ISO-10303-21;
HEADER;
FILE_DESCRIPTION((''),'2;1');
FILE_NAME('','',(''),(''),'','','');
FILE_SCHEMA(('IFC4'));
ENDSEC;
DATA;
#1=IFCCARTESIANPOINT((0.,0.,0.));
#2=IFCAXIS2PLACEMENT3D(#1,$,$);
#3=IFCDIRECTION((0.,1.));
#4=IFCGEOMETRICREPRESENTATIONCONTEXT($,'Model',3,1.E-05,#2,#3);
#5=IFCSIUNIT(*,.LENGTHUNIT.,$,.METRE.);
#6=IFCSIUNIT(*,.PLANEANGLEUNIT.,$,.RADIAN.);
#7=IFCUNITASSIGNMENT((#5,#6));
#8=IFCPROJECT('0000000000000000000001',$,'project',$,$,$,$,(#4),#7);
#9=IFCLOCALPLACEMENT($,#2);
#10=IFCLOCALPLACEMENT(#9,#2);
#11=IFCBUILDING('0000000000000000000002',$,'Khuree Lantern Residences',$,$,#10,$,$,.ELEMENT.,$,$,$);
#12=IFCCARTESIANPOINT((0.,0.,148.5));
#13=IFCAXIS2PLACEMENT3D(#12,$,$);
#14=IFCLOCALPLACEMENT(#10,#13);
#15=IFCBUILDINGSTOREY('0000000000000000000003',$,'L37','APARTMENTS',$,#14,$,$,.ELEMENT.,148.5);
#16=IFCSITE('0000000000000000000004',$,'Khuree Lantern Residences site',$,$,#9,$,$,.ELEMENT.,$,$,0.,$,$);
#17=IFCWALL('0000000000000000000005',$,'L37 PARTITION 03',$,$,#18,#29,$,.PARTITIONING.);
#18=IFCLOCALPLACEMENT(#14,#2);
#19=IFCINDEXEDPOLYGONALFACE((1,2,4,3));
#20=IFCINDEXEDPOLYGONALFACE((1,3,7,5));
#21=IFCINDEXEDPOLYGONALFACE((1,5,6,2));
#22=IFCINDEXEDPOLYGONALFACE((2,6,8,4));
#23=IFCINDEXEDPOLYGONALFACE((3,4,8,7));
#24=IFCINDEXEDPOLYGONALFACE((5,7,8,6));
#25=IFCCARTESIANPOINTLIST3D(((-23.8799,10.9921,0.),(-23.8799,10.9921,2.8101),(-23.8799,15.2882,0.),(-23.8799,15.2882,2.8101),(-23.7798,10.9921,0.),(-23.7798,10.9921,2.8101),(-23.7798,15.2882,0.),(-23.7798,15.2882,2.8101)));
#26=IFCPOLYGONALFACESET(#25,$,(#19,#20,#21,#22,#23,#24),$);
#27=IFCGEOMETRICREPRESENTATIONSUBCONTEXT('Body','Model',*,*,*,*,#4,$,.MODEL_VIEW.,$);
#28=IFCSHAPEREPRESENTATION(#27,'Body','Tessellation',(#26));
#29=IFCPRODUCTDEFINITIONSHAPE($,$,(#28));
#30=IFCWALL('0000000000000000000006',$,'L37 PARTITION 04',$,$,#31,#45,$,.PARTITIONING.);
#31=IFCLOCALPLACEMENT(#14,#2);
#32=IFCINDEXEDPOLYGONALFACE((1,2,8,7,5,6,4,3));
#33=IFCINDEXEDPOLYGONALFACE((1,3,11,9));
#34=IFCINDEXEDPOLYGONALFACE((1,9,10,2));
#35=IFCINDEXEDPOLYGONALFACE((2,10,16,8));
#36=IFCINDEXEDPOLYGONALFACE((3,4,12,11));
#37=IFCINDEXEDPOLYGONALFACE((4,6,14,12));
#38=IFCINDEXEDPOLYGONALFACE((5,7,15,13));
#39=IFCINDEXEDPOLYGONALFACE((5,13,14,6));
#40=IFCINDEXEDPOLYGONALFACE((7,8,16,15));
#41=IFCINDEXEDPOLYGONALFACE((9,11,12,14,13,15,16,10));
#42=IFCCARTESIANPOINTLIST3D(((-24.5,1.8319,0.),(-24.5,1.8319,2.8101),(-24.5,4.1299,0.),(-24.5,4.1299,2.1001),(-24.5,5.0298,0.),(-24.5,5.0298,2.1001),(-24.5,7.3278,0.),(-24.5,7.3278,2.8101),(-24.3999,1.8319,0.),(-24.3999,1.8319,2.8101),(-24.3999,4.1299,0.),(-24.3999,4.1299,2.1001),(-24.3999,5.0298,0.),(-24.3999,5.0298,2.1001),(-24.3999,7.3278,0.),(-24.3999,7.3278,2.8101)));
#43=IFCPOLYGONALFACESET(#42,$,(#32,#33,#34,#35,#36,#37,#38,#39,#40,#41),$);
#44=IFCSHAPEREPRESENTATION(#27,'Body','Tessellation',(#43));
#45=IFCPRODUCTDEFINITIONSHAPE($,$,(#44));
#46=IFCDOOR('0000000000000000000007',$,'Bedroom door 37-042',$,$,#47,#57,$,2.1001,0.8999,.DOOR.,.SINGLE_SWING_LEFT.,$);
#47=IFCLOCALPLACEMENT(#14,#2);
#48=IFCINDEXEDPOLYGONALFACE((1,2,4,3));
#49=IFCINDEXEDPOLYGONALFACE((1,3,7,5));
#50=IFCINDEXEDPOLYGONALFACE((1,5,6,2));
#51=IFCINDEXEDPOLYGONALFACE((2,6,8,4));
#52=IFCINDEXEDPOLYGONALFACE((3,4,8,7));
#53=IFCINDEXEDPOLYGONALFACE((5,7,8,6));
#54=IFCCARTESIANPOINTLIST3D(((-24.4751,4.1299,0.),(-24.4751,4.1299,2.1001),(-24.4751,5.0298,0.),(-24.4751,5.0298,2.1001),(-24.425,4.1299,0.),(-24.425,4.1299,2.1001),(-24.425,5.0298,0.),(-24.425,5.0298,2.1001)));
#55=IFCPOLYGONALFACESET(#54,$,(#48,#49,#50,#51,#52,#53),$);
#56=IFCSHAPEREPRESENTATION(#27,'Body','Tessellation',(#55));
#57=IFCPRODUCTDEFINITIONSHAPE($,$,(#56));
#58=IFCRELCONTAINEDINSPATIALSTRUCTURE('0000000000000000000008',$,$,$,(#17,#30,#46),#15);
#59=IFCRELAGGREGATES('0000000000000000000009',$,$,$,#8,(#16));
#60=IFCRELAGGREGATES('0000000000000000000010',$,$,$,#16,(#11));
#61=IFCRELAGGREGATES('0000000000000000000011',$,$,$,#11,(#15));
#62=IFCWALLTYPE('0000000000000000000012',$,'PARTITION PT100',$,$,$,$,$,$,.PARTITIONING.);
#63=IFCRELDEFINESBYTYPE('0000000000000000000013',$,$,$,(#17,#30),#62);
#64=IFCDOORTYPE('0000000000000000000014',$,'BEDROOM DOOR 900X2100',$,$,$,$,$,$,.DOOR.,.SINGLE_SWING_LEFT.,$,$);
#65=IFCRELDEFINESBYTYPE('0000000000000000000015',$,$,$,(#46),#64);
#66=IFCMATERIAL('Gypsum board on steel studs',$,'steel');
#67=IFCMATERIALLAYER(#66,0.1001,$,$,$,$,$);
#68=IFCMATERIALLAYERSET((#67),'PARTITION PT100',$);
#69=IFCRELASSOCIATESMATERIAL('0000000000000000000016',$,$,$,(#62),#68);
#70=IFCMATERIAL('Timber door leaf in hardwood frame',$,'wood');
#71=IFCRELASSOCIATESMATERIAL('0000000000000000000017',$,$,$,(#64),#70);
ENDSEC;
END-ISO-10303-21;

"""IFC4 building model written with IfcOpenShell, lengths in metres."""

from ifc_helpers import new_model, si_unit, direction, frame, frame_2d, origin, place, context, subcontext, project, spatial, rectangle, extrude, material, layer, layer_set, type_object, element, fill, save


model = new_model("IFC4")

# Units and contexts
model_context = context("Model", 3, precision=1e-05, world=origin(), true_north=direction((0.0, 1.0)))
body_context = subcontext(model_context, "Body", "Model", "MODEL_VIEW")
ifc_project = project(units=[si_unit("LENGTHUNIT", "METRE"), si_unit("PLANEANGLEUNIT", "RADIAN")], contexts=[model_context])

# Site, building, storey
site_placement = place(None, origin())
site = spatial("IfcSite", under=ifc_project, at=site_placement, Name="Khuree Lantern Residences site", CompositionType="ELEMENT", RefElevation=0.0)
building_placement = place(site_placement, origin())
building = spatial("IfcBuilding", under=site, at=building_placement, Name="Khuree Lantern Residences", CompositionType="ELEMENT")
storey_placement = place(building_placement, frame((0.0, 0.0, 148.5)))
storey = spatial("IfcBuildingStorey", under=building, at=storey_placement, Name="L37", Description="APARTMENTS", CompositionType="ELEMENT", Elevation=148.5)

# Shared definitions
ifc_material_1 = material(Name="Gypsum board on steel studs", Category="steel")
ifc_layer_1 = layer(ifc_material_1, 0.1001)
ifc_layer_set_1 = layer_set([ifc_layer_1], Name="PARTITION PT100")
wall_type = type_object("IfcWallType", Name="PARTITION PT100", PredefinedType="PARTITIONING", material=ifc_layer_set_1)

# Shared definitions
ifc_material_2 = material(Name="Timber door leaf in hardwood frame", Category="wood")
door_type_1 = type_object("IfcDoorType", Name="BEDROOM DOOR 900X2100", OperationType="SINGLE_SWING_LEFT", PredefinedType="DOOR", material=ifc_material_2)

# Wall
wall_1_placement = place(storey_placement, frame((-23.8298, 15.2881, 0.0), z_axis=(0.0, 0.0, 1.0), x_axis=(0.0, -1.0, 0.0)))
element("IfcWall", 1, at=wall_1_placement, inside=storey, type_object=wall_type, Name="L37 PARTITION 03", PredefinedType="PARTITIONING", context=body_context, shape_type="SweptSolid", body=[
    extrude(rectangle(XDim=4.2961, YDim=0.1001, at=frame_2d((2.1479, 0.0))), origin(), (0.0, 0.0, 1.0), 2.8101),
])

# Wall, opening, door
wall_2_placement = place(storey_placement, frame((-24.45, 7.3279, 0.0), z_axis=(0.0, 0.0, 1.0), x_axis=(0.0, -1.0, 0.0)))
wall_2 = element("IfcWall", 2, at=wall_2_placement, inside=storey, type_object=wall_type, Name="L37 PARTITION 04", PredefinedType="PARTITIONING", context=body_context, shape_type="SweptSolid", body=[
    extrude(rectangle(XDim=5.4958, YDim=0.1001, at=frame_2d((2.748, 0.0))), origin(), (0.0, 0.0, 1.0), 2.8101),
])
opening_1_placement = place(wall_2_placement, frame((2.2981, 0.0, 0.0)))
opening_1 = element("IfcOpeningElement", 3, at=opening_1_placement, cuts=wall_2, PredefinedType="OPENING", context=body_context, shape_type="SweptSolid", body=[
    extrude(rectangle(XDim=0.8999, YDim=2.1001, at=frame_2d((0.45, 1.05))), frame((0.0, 0.0601, 0.0), z_axis=(0.0, -1.0, 0.0), x_axis=(1.0, 0.0, 0.0)), (0.0, 0.0, 1.0), 0.1201),
])
door_1_placement = place(opening_1_placement, origin())
door_1 = element("IfcDoor", 4, at=door_1_placement, inside=storey, type_object=door_type_1, Name="Bedroom door 37-042", OperationType="SINGLE_SWING_LEFT", OverallHeight=2.1001, OverallWidth=0.8999, PredefinedType="DOOR", context=body_context, shape_type="SweptSolid", body=[
    extrude(rectangle(XDim=0.8999, YDim=2.1001, at=frame_2d((0.45, 1.05))), frame((0.0, 0.0249, 0.0), z_axis=(0.0, -1.0, 0.0), x_axis=(1.0, 0.0, 0.0)), (0.0, 0.0, 1.0), 0.05),
])
fill(opening_1, door_1)

save(model, "model.ifc")
